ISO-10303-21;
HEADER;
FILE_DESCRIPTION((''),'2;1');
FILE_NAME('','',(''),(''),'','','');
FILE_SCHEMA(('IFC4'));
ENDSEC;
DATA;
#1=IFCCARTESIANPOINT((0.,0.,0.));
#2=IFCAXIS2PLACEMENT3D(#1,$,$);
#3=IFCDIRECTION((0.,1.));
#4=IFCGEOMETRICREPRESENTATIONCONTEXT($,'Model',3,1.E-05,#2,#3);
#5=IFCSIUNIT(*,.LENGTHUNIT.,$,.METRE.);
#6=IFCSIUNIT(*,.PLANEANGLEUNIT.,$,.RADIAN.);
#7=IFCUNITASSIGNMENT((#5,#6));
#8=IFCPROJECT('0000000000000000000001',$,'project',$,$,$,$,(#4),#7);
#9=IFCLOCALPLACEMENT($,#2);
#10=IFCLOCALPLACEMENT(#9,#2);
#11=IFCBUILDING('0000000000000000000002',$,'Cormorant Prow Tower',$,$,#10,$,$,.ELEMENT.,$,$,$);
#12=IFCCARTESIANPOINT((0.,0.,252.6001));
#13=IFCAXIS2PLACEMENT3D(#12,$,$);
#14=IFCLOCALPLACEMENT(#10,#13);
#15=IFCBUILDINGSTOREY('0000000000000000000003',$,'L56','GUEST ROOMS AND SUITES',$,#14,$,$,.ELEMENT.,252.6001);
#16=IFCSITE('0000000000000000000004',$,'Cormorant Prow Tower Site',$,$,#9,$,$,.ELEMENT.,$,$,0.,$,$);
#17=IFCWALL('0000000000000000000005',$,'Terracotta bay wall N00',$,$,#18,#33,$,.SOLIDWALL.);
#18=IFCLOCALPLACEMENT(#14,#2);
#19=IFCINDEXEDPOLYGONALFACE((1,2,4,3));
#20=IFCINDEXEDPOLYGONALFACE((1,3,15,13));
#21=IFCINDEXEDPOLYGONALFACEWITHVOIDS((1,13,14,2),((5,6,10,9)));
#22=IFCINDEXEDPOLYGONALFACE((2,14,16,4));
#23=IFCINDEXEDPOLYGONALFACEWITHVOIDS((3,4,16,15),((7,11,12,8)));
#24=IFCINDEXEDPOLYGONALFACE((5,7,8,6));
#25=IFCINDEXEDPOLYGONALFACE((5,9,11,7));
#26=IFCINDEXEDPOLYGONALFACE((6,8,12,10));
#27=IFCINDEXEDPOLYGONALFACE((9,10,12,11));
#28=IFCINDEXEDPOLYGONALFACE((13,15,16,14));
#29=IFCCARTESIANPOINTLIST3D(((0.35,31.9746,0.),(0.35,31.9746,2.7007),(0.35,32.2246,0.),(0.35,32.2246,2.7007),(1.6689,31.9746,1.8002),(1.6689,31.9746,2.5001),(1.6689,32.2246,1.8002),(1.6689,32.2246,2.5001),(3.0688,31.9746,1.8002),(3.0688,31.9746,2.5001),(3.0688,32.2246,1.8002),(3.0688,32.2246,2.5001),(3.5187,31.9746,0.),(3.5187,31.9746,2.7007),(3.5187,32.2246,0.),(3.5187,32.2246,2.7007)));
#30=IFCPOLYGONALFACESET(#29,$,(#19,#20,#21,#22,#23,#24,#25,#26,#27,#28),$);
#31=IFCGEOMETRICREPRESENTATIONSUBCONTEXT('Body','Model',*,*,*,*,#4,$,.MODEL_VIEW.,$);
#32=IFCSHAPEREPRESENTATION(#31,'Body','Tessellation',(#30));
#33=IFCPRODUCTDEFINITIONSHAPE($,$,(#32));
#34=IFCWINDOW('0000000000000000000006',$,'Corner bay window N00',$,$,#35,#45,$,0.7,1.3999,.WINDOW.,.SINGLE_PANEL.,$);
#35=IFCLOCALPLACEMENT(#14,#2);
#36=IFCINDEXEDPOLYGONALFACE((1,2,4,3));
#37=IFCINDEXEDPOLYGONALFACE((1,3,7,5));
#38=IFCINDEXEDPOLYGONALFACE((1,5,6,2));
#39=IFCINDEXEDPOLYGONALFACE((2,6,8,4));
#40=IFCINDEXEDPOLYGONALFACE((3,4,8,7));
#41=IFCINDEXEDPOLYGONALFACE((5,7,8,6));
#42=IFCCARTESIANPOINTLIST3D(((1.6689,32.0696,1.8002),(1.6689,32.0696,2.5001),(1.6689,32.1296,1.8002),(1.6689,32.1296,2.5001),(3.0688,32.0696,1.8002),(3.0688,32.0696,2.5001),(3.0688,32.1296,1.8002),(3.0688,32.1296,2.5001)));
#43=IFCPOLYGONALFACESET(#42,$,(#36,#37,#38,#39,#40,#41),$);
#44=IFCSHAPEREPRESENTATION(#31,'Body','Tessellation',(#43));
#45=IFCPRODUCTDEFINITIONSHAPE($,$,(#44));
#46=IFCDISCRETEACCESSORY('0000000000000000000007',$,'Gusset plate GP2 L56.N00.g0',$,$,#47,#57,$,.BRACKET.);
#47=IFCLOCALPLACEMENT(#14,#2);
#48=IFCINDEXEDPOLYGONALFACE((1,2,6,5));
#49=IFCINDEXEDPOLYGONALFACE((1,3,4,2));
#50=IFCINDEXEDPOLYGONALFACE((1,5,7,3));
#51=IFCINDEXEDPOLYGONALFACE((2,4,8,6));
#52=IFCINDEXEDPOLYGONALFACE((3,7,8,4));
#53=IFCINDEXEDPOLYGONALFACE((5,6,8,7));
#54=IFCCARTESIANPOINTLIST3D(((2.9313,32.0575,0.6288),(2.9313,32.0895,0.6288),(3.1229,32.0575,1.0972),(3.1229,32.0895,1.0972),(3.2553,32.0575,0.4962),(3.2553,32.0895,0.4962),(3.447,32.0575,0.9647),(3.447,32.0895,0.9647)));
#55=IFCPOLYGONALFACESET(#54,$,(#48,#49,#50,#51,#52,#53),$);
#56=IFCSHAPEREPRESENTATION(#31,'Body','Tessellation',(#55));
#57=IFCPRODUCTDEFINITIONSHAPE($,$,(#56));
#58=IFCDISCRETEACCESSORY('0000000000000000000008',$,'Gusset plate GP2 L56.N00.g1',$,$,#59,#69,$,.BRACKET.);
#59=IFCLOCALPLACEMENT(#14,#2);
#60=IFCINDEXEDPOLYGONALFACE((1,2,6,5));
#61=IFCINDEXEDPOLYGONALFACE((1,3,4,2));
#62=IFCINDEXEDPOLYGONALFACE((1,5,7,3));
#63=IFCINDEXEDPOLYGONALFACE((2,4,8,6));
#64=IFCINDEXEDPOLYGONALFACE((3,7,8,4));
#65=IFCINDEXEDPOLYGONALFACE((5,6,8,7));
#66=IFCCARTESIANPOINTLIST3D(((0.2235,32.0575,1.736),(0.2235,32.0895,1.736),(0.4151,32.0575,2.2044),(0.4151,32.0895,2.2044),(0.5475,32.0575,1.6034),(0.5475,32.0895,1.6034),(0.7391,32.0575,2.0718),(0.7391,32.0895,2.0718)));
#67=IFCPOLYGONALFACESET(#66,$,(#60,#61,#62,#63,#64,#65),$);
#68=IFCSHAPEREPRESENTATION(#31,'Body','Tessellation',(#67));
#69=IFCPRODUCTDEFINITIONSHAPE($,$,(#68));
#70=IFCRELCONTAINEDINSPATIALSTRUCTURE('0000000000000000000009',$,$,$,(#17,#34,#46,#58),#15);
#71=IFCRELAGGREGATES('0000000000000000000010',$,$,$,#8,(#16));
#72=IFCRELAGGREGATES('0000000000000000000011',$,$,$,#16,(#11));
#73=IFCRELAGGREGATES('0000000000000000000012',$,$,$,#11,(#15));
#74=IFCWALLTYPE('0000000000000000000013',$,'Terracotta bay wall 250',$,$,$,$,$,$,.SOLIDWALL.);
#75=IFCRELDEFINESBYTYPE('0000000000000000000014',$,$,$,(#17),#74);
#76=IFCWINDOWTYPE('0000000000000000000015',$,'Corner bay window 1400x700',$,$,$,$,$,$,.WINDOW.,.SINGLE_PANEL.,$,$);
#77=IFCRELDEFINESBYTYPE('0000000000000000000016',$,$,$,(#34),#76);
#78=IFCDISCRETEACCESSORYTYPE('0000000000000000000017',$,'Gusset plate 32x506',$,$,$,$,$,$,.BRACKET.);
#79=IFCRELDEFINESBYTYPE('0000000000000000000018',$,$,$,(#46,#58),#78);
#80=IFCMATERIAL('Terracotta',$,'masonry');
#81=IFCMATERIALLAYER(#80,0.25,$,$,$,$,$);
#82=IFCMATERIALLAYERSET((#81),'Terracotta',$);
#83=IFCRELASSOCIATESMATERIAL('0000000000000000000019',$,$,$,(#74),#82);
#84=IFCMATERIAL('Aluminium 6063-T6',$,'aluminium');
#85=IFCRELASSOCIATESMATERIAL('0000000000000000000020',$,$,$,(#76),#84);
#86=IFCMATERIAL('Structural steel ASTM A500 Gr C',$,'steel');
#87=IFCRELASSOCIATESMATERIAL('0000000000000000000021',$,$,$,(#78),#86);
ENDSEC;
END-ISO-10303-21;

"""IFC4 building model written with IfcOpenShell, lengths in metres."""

from ifc_helpers import new_model, si_unit, direction, frame, frame_2d, origin, origin_2d, place, context, subcontext, project, spatial, rectangle, extrude, material, layer, layer_set, material_profile, profile_set, type_object, element, fill, save


model = new_model("IFC4")

# Units and contexts
model_context = context("Model", 3, precision=1e-05, world=origin(), true_north=direction((0.0, 1.0)))
body_context = subcontext(model_context, "Body", "Model", "MODEL_VIEW")
ifc_project = project(units=[si_unit("LENGTHUNIT", "METRE"), si_unit("PLANEANGLEUNIT", "RADIAN")], contexts=[model_context])

# Site, building, storey
site_placement = place(None, origin())
site = spatial("IfcSite", under=ifc_project, at=site_placement, Name="Cormorant Prow Tower Site", CompositionType="ELEMENT", RefElevation=0.0)
building_placement = place(site_placement, origin())
building = spatial("IfcBuilding", under=site, at=building_placement, Name="Cormorant Prow Tower", CompositionType="ELEMENT")
storey_placement = place(building_placement, frame((0.0, 0.0, 252.6001)))
storey = spatial("IfcBuildingStorey", under=building, at=storey_placement, Name="L56", Description="GUEST ROOMS AND SUITES", CompositionType="ELEMENT", Elevation=252.6001)

# Wall, opening, window
ifc_material_1 = material(Name="Terracotta", Category="masonry")
ifc_layer_1 = layer(ifc_material_1, 0.25)
ifc_layer_set_1 = layer_set([ifc_layer_1], Name="Terracotta")
wall_type_1 = type_object("IfcWallType", Name="Terracotta bay wall 250", PredefinedType="SOLIDWALL", material=ifc_layer_set_1)
wall_1_placement = place(storey_placement, frame((3.5188, 32.0996, 0.0), z_axis=(0.0, 0.0, 1.0), x_axis=(-1.0, 0.0, 0.0)))
wall_1 = element("IfcWall", 1, at=wall_1_placement, inside=storey, type_object=wall_type_1, Name="Terracotta bay wall N00", PredefinedType="SOLIDWALL", context=body_context, shape_type="SweptSolid", body=[
    extrude(rectangle(XDim=3.1687, YDim=0.25, at=frame_2d((1.5845, 0.0))), origin(), (0.0, 0.0, 1.0), 2.7007),
])
opening_1_placement = place(wall_1_placement, frame((0.45, 0.0, 1.8)))
opening_1 = element("IfcOpeningElement", 2, at=opening_1_placement, cuts=wall_1, PredefinedType="OPENING", context=body_context, shape_type="SweptSolid", body=[
    extrude(rectangle(XDim=1.3999, YDim=0.7, at=frame_2d((0.7, 0.3501))), frame((0.0, 0.135, 0.0), z_axis=(0.0, -1.0, 0.0), x_axis=(1.0, 0.0, 0.0)), (0.0, 0.0, 1.0), 0.27),
])
ifc_material_2 = material(Name="Aluminium 6063-T6", Category="aluminium")
window_type = type_object("IfcWindowType", Name="Corner bay window 1400x700", PartitioningType="SINGLE_PANEL", PredefinedType="WINDOW", material=ifc_material_2)
window_placement = place(opening_1_placement, origin())
window = element("IfcWindow", 3, at=window_placement, inside=storey, type_object=window_type, Name="Corner bay window N00", OverallHeight=0.7, OverallWidth=1.3999, PartitioningType="SINGLE_PANEL", PredefinedType="WINDOW", context=body_context, shape_type="SweptSolid", body=[
    extrude(rectangle(XDim=1.3999, YDim=0.7, at=frame_2d((0.7, 0.3501))), frame((0.0, 0.03, 0.0), z_axis=(0.0, -1.0, 0.0), x_axis=(1.0, 0.0, 0.0)), (0.0, 0.0, 1.0), 0.0601),
])
fill(opening_1, window)

# Discrete accessories
ifc_material_3 = material(Name="Structural steel ASTM A500 Gr C", Category="steel")
ifc_material_profile_1 = material_profile(ifc_material_3, rectangle(XDim=0.032, YDim=0.5061, at=origin_2d()), Name="Gusset plate 32x506")
ifc_profile_set_1 = profile_set([ifc_material_profile_1], Name="Structural steel ASTM A500 Gr C")
discrete_accessory_type = type_object("IfcDiscreteAccessoryType", Name="Gusset plate 32x506", PredefinedType="BRACKET", material=ifc_profile_set_1)
for number, where, z_axis, x_axis, name in (
    (4, (3.0271, 32.0735, 0.863), (0.925514, 0.0, -0.378714), (0.0, 1.0, 0.0), "Gusset plate GP2 L56.N00.g0"),
    (5, (0.6433, 32.0735, 1.8376), (-0.925514, 0.0, 0.378714), (0.0, -1.0, 0.0), "Gusset plate GP2 L56.N00.g1"),
):
    element("IfcDiscreteAccessory", number, at=place(storey_placement, frame(where, z_axis=z_axis, x_axis=x_axis)), inside=storey, type_object=discrete_accessory_type, Name=name, PredefinedType="BRACKET", context=body_context, shape_type="SweptSolid", body=[
        extrude(rectangle(XDim=0.032, YDim=0.5061, at=origin_2d()), origin(), (0.0, 0.0, 1.0), 0.3501),
    ])

save(model, "model.ifc")
